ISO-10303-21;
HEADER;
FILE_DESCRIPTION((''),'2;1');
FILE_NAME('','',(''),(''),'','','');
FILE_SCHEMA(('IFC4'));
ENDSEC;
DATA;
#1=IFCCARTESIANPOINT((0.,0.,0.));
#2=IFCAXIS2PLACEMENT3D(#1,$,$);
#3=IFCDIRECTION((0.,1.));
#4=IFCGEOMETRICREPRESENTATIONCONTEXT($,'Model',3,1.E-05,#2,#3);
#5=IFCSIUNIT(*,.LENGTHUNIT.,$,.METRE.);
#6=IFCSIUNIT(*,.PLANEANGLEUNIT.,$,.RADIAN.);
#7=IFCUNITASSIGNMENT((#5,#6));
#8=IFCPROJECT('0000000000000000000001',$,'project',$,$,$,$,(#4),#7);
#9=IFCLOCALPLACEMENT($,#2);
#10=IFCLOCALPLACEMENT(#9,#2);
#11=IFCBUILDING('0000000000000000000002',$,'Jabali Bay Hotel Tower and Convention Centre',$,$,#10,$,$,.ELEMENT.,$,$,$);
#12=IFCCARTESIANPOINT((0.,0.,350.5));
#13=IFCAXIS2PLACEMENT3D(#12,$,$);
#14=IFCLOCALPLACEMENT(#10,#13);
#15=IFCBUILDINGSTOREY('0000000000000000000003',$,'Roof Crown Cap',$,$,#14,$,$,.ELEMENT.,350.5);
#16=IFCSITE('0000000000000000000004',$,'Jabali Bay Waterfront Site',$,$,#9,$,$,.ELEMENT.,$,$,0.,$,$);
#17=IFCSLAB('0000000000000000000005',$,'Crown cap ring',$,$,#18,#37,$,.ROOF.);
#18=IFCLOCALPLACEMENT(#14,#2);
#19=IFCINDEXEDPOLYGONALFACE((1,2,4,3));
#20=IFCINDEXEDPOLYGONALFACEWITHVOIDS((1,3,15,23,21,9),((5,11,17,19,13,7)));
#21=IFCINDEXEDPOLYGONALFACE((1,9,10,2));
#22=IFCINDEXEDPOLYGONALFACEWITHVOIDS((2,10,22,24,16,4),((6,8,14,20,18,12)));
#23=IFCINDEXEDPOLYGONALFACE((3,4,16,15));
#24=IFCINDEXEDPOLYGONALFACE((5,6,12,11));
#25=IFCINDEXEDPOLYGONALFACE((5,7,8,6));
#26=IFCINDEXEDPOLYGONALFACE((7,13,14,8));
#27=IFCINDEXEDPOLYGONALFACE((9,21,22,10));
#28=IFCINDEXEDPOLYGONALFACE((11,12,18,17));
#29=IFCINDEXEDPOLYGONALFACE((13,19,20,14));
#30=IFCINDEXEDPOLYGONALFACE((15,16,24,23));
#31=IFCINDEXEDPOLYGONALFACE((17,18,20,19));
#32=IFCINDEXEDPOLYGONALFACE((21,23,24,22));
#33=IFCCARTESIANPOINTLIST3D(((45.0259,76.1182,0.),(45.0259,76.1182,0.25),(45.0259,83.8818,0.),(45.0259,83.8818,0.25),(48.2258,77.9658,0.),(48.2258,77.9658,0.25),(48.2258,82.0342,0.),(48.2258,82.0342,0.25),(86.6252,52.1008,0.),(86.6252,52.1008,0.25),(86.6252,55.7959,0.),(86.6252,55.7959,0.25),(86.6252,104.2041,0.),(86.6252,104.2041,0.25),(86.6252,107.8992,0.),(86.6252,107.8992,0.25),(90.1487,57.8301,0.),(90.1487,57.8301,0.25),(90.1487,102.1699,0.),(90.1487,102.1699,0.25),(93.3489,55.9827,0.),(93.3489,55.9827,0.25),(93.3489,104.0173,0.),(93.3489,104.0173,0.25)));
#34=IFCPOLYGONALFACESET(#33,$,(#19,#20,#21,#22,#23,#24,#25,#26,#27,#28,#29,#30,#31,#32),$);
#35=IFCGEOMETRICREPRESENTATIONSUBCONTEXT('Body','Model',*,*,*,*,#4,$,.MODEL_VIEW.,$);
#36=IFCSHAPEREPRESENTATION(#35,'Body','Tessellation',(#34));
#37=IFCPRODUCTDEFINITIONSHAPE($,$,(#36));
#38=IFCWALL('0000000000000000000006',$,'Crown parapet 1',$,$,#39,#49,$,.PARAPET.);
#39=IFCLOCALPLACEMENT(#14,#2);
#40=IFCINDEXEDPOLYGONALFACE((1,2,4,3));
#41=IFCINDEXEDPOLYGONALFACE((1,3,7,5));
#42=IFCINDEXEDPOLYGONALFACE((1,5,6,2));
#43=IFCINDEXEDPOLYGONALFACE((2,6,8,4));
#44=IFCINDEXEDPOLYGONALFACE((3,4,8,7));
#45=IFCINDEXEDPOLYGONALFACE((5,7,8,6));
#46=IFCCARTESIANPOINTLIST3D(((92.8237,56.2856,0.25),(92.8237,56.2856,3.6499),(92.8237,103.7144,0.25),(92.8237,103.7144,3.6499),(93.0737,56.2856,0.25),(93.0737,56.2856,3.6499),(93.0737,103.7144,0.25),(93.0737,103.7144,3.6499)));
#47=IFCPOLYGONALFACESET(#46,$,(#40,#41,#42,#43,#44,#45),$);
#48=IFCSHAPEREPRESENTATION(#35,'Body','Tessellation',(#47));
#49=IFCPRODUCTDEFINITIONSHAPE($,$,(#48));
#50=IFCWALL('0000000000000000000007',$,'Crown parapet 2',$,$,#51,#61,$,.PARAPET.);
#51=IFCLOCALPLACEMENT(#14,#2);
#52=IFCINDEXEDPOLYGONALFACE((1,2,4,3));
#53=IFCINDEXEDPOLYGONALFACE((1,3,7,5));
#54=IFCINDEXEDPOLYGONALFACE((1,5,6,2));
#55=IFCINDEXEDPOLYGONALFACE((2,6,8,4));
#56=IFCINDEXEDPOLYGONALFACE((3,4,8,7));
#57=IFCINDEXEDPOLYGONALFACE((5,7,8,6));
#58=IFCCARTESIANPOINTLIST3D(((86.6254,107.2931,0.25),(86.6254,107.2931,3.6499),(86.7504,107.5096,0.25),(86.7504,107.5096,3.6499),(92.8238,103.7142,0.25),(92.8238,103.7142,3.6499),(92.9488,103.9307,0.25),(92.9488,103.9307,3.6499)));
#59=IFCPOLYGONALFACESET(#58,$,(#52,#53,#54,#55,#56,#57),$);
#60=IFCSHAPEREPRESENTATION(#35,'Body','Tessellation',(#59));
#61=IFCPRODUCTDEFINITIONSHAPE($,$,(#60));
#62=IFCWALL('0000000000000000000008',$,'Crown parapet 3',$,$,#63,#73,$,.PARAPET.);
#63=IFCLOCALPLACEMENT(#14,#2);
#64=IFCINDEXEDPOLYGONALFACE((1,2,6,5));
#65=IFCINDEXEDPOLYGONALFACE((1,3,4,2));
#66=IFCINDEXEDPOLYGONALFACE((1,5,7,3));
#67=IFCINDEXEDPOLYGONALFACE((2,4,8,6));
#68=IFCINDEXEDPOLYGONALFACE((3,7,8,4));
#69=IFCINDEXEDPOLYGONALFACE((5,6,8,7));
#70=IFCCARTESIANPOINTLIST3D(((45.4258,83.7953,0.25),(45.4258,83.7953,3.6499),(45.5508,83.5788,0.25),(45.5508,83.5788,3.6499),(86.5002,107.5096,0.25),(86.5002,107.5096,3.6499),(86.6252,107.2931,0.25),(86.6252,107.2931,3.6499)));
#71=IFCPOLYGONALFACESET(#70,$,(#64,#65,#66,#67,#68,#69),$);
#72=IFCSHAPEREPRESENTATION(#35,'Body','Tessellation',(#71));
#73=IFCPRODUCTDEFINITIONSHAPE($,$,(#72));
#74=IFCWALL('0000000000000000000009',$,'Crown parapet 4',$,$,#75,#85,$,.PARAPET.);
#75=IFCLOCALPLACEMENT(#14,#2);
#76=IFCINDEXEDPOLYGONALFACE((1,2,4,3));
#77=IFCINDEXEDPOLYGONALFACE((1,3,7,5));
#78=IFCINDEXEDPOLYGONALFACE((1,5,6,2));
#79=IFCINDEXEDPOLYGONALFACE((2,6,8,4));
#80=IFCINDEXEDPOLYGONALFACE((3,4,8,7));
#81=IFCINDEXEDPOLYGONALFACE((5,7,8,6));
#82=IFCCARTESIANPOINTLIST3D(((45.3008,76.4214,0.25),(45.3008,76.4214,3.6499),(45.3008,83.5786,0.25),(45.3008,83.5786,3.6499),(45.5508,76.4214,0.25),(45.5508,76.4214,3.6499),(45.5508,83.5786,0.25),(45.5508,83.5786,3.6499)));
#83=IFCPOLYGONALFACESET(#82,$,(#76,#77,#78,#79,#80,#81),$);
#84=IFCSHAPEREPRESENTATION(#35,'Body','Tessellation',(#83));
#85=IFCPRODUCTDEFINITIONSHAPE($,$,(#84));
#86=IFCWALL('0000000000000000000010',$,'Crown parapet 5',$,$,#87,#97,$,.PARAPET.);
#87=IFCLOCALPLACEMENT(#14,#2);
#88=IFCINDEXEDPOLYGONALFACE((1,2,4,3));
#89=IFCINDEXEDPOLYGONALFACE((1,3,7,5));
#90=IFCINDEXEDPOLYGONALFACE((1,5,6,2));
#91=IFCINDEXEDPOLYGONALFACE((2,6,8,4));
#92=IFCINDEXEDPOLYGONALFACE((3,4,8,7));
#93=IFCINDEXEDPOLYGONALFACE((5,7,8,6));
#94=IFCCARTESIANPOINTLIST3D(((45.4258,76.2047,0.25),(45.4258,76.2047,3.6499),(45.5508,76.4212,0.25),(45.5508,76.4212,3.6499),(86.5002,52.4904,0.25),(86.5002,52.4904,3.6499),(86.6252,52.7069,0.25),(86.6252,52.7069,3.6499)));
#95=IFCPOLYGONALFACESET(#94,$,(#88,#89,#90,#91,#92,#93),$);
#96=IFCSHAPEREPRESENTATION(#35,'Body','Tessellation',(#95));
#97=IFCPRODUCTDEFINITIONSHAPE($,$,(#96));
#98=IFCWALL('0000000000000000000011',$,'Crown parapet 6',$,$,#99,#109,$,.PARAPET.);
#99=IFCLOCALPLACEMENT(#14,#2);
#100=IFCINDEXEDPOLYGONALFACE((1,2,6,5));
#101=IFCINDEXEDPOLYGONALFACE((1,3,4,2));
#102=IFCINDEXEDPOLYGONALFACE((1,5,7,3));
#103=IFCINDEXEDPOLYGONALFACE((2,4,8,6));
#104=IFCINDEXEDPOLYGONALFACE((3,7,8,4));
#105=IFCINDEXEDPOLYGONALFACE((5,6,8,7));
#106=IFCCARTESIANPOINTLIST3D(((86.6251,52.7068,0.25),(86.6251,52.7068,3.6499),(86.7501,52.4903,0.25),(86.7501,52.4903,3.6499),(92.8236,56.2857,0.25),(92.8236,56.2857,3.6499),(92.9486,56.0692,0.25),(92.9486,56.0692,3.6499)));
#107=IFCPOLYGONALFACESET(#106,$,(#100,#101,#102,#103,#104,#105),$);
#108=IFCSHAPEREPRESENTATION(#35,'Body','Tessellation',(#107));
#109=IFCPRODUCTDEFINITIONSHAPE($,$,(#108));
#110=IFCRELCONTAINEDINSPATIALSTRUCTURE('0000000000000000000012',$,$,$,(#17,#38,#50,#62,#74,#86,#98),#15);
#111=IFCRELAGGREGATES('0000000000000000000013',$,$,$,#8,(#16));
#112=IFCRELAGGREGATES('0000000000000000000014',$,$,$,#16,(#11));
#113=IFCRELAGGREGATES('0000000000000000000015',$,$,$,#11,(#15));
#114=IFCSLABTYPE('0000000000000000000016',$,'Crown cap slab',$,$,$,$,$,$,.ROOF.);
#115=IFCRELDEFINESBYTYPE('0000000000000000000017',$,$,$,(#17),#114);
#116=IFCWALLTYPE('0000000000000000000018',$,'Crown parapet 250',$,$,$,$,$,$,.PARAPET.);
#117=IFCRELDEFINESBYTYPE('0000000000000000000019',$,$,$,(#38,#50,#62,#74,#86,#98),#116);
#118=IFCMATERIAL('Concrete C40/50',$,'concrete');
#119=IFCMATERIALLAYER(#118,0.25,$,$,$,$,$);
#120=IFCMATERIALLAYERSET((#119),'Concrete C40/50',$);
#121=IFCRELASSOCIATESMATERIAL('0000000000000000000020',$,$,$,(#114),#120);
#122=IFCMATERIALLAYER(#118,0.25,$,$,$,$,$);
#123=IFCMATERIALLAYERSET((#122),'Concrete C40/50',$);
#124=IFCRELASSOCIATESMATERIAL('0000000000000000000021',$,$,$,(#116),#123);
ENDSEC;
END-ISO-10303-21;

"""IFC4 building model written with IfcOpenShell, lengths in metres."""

from ifc_helpers import new_model, si_unit, direction, frame, frame_2d, origin, place, context, subcontext, project, spatial, polyline, rectangle, outline, extrude, material, layer, layer_set, type_object, element, save


model = new_model("IFC4")

# Units and contexts
model_context = context("Model", 3, precision=1e-05, world=origin(), true_north=direction((0.0, 1.0)))
body_context = subcontext(model_context, "Body", "Model", "MODEL_VIEW")
ifc_project = project(units=[si_unit("LENGTHUNIT", "METRE"), si_unit("PLANEANGLEUNIT", "RADIAN")], contexts=[model_context])

# Site, building, storey
site_placement = place(None, origin())
site = spatial("IfcSite", under=ifc_project, at=site_placement, Name="Jabali Bay Waterfront Site", CompositionType="ELEMENT", RefElevation=0.0)
building_placement = place(site_placement, origin())
building = spatial("IfcBuilding", under=site, at=building_placement, Name="Jabali Bay Hotel Tower and Convention Centre", CompositionType="ELEMENT")
storey_placement = place(building_placement, frame((0.0, 0.0, 350.5)))
storey = spatial("IfcBuildingStorey", under=building, at=storey_placement, Name="Roof Crown Cap", CompositionType="ELEMENT", Elevation=350.5)

# Slab
ifc_material = material(Name="Concrete C40/50", Category="concrete")
ifc_layer_1 = layer(ifc_material, 0.25)
ifc_layer_set_1 = layer_set([ifc_layer_1], Name="Concrete C40/50")
slab_type = type_object("IfcSlabType", Name="Crown cap slab", PredefinedType="ROOF", material=ifc_layer_set_1)
slab_placement = place(storey_placement, origin())
element("IfcSlab", 1, at=slab_placement, inside=storey, type_object=slab_type, Name="Crown cap ring", PredefinedType="ROOF", context=body_context, shape_type="SweptSolid", body=[
    extrude(outline(polyline([(93.3489, 55.9827), (93.3489, 104.0173), (86.6252, 107.8992), (45.0259, 83.8818), (45.0259, 76.1182), (86.6252, 52.1008), (93.3489, 55.9827)]), holes=[polyline([(90.1487, 57.8301), (90.1487, 102.1699), (86.6252, 104.2041), (48.2258, 82.0342), (48.2258, 77.9658), (86.6252, 55.7959), (90.1487, 57.8301)])]), origin(), (0.0, 0.0, 1.0), 0.25),
])

# Walls
ifc_layer_2 = layer(ifc_material, 0.25)
ifc_layer_set_2 = layer_set([ifc_layer_2], Name="Concrete C40/50")
wall_type = type_object("IfcWallType", Name="Crown parapet 250", PredefinedType="PARAPET", material=ifc_layer_set_2)
wall_1_placement = place(storey_placement, frame((92.9487, 56.2856, 0.25), z_axis=(0.0, 0.0, 1.0), x_axis=(0.0, 1.0, 0.0)))
element("IfcWall", 2, at=wall_1_placement, inside=storey, type_object=wall_type, Name="Crown parapet 1", PredefinedType="PARAPET", context=body_context, shape_type="SweptSolid", body=[
    extrude(rectangle(XDim=47.4287, YDim=0.25, at=frame_2d((23.7144, 0.0))), origin(), (0.0, 0.0, 1.0), 3.3999),
])
wall_2_placement = place(storey_placement, frame((92.8862, 103.8225, 0.25), z_axis=(0.0, 0.0, 1.0), x_axis=(-0.866016, 0.500017, 0.0)))
element("IfcWall", 3, at=wall_2_placement, inside=storey, type_object=wall_type, Name="Crown parapet 2", PredefinedType="PARAPET", context=body_context, shape_type="SweptSolid", body=[
    extrude(rectangle(XDim=7.1575, YDim=0.25, at=frame_2d((3.5786, 0.0))), origin(), (0.0, 0.0, 1.0), 3.3999),
])
wall_3_placement = place(storey_placement, frame((86.5627, 107.4014, 0.25), z_axis=(0.0, 0.0, 1.0), x_axis=(-0.866025, -0.5, 0.0)))
element("IfcWall", 4, at=wall_3_placement, inside=storey, type_object=wall_type, Name="Crown parapet 3", PredefinedType="PARAPET", context=body_context, shape_type="SweptSolid", body=[
    extrude(rectangle(XDim=47.4287, YDim=0.25, at=frame_2d((23.7144, 0.0))), origin(), (0.0, 0.0, 1.0), 3.3999),
])
wall_4_placement = place(storey_placement, frame((45.4258, 83.5786, 0.25), z_axis=(0.0, 0.0, 1.0), x_axis=(0.0, -1.0, 0.0)))
element("IfcWall", 5, at=wall_4_placement, inside=storey, type_object=wall_type, Name="Crown parapet 4", PredefinedType="PARAPET", context=body_context, shape_type="SweptSolid", body=[
    extrude(rectangle(XDim=7.1572, YDim=0.25, at=frame_2d((3.5786, 0.0))), origin(), (0.0, 0.0, 1.0), 3.3999),
])
wall_5_placement = place(storey_placement, frame((45.4883, 76.313, 0.25), z_axis=(0.0, 0.0, 1.0), x_axis=(0.866025, -0.5, 0.0)))
element("IfcWall", 6, at=wall_5_placement, inside=storey, type_object=wall_type, Name="Crown parapet 5", PredefinedType="PARAPET", context=body_context, shape_type="SweptSolid", body=[
    extrude(rectangle(XDim=47.4287, YDim=0.25, at=frame_2d((23.7144, 0.0))), origin(), (0.0, 0.0, 1.0), 3.3999),
])
wall_6_placement = place(storey_placement, frame((86.6877, 52.5986, 0.25), z_axis=(0.0, 0.0, 1.0), x_axis=(0.866016, 0.500017, 0.0)))
element("IfcWall", 7, at=wall_6_placement, inside=storey, type_object=wall_type, Name="Crown parapet 6", PredefinedType="PARAPET", context=body_context, shape_type="SweptSolid", body=[
    extrude(rectangle(XDim=7.1575, YDim=0.25, at=frame_2d((3.5786, 0.0))), origin(), (0.0, 0.0, 1.0), 3.3999),
])

save(model, "model.ifc")
